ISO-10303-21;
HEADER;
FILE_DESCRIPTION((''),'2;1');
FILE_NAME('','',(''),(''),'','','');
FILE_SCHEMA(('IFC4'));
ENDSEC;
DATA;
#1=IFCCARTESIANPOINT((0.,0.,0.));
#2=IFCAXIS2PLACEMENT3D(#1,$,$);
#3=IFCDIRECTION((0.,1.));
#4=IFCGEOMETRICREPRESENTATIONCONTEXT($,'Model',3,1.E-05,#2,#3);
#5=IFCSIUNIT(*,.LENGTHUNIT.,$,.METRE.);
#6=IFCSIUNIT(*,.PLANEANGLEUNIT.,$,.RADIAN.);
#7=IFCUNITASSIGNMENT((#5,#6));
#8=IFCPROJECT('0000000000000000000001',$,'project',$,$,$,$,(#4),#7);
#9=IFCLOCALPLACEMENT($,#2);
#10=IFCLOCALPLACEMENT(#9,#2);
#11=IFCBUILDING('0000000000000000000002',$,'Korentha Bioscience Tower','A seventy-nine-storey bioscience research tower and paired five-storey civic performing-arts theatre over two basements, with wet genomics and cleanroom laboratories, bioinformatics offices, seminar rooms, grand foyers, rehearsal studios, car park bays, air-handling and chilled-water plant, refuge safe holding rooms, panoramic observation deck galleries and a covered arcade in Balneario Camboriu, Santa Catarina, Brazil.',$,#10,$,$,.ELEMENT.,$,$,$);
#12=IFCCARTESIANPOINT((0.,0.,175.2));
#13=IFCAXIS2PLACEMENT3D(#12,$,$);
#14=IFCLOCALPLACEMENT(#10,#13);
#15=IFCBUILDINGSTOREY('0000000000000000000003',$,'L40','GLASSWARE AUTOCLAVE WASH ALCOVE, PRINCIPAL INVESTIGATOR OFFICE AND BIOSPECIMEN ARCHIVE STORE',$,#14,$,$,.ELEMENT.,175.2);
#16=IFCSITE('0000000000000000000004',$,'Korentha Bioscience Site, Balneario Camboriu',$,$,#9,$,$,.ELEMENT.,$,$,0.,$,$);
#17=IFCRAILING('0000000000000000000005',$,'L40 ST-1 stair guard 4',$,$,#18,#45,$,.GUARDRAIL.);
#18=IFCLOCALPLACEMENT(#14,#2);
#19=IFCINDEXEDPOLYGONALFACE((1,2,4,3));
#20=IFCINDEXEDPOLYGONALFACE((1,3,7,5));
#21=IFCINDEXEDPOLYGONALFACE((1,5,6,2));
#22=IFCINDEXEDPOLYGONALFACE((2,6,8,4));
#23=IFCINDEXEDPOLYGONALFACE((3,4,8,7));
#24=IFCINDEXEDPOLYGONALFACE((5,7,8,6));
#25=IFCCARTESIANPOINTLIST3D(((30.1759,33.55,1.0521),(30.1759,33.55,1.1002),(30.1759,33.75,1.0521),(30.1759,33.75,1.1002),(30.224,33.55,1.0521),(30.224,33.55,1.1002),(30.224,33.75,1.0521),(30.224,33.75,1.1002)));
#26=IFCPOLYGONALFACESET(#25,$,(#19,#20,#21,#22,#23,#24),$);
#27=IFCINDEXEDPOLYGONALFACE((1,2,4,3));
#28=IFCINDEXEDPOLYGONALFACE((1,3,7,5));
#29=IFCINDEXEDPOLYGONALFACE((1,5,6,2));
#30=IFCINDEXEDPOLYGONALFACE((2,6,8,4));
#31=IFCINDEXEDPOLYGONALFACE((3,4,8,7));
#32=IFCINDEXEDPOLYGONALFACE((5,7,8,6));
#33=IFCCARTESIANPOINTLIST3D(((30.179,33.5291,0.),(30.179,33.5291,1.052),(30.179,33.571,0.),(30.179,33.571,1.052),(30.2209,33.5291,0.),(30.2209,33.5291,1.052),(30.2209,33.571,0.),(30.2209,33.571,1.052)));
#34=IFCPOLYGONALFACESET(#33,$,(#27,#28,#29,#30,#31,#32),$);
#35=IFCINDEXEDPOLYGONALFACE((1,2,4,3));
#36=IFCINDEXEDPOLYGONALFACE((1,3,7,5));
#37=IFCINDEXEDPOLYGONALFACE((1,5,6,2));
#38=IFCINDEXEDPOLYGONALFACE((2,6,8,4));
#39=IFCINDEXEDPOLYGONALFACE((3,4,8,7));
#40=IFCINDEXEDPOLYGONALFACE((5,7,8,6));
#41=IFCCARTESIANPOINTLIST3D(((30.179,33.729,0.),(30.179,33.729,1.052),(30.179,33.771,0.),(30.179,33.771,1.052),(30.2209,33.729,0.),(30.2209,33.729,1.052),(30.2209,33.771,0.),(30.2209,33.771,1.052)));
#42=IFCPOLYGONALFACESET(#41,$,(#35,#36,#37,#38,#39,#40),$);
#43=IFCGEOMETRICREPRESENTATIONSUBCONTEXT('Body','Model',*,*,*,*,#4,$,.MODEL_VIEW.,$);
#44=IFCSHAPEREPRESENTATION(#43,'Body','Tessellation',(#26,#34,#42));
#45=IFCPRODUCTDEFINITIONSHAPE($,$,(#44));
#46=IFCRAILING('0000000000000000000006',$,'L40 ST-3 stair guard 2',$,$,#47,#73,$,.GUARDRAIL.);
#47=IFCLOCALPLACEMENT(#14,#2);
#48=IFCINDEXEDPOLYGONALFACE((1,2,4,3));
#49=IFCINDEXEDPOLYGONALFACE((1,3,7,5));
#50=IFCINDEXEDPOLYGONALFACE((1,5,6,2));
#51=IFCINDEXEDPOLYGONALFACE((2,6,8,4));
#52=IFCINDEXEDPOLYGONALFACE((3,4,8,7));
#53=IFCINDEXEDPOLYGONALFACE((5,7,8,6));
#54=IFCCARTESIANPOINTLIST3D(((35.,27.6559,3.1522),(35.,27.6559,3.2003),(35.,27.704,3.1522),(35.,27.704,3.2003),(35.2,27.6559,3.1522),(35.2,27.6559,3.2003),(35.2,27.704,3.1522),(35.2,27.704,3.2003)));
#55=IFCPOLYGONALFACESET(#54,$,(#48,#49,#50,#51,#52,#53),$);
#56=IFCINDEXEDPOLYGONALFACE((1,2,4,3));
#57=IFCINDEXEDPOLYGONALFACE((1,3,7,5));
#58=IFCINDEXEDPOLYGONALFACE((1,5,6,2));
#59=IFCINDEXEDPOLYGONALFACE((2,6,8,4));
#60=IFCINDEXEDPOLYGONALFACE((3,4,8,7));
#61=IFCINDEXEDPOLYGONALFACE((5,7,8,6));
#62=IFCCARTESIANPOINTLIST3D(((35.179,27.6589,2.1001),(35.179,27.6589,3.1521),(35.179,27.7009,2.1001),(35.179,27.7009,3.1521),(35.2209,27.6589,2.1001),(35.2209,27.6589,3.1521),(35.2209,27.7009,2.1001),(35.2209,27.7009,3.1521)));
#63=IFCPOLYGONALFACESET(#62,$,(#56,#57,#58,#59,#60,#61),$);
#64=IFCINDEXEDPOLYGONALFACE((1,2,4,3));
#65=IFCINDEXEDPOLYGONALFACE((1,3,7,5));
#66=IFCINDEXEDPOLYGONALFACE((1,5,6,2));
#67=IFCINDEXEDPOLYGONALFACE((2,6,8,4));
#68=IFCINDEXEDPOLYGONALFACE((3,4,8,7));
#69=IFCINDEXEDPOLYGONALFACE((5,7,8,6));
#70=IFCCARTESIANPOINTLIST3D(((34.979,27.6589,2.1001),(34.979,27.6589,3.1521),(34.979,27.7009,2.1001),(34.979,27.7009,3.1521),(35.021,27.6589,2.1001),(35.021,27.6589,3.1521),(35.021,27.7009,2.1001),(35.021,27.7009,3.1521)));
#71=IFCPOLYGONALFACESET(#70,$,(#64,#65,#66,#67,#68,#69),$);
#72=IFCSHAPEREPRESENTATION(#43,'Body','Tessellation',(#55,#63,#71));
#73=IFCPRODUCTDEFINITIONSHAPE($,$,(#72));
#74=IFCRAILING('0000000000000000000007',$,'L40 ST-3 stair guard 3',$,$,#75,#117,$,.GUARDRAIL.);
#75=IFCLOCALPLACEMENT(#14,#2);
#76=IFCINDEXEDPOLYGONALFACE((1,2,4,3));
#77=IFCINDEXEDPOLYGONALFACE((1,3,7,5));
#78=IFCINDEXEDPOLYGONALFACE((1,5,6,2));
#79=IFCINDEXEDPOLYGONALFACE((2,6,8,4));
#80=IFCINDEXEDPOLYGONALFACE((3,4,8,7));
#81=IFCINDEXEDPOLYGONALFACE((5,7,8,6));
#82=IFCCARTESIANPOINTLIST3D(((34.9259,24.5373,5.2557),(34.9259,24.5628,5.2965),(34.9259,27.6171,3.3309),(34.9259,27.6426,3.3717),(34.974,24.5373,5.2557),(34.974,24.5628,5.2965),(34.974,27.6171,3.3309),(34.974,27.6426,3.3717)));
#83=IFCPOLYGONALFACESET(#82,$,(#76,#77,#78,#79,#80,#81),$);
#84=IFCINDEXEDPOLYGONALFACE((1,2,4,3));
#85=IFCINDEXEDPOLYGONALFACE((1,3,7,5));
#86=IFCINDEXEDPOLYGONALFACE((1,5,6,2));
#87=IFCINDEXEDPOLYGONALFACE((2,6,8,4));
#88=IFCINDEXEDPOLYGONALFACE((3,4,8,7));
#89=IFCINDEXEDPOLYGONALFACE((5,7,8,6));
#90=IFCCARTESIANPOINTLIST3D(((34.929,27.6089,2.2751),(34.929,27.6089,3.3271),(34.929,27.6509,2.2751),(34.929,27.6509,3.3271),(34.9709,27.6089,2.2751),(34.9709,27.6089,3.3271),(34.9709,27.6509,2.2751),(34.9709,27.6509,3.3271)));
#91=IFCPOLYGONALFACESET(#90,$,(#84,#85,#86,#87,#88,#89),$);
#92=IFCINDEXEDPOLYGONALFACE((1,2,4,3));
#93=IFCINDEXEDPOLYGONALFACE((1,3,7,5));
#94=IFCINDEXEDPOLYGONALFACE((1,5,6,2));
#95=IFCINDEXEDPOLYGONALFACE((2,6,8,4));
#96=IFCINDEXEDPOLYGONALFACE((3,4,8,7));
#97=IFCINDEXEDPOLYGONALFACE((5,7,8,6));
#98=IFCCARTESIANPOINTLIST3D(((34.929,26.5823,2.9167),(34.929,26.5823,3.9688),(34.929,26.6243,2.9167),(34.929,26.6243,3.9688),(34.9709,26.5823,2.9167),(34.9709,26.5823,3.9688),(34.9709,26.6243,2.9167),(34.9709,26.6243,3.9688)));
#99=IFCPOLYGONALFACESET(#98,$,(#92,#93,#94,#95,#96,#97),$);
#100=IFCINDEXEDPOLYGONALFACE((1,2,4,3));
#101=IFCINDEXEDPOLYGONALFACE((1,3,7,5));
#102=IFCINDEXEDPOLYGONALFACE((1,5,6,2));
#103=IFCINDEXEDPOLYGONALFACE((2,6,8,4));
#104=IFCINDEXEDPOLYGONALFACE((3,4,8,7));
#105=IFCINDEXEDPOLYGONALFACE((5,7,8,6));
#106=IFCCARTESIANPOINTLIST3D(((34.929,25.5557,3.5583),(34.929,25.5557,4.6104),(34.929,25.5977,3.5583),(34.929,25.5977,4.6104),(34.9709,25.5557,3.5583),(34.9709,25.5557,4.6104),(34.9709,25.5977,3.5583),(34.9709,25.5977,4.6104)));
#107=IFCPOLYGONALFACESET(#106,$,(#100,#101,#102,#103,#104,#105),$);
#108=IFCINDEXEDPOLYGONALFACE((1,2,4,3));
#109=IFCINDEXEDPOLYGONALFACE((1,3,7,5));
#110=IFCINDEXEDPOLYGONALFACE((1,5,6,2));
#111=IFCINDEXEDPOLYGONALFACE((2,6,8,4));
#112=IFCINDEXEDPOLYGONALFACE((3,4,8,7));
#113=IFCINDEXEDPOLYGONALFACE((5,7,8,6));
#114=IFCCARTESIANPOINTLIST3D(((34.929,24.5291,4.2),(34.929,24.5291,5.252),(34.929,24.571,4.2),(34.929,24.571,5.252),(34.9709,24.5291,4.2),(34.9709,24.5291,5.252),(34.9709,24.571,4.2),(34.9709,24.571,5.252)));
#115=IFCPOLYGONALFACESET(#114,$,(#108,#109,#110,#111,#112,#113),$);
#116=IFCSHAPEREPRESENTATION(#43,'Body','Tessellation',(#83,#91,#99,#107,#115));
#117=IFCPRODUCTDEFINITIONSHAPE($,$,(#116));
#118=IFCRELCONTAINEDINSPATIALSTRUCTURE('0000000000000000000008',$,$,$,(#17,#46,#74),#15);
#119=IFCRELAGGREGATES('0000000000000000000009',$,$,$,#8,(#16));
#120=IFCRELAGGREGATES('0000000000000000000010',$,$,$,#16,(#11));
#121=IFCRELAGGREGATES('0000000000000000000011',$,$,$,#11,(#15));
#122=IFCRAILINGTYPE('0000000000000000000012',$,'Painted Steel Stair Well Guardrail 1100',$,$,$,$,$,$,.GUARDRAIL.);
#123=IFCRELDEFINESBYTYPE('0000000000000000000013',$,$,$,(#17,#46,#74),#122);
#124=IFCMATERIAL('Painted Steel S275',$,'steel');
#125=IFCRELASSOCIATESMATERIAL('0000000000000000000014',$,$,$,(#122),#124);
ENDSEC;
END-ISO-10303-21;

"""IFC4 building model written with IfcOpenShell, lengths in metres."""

from ifc_helpers import new_model, si_unit, direction, frame, origin, origin_2d, place, context, subcontext, project, spatial, rectangle, extrude, material, type_object, element, save


model = new_model("IFC4")

# Units and contexts
model_context = context("Model", 3, precision=1e-05, world=origin(), true_north=direction((0.0, 1.0)))
body_context = subcontext(model_context, "Body", "Model", "MODEL_VIEW")
ifc_project = project(units=[si_unit("LENGTHUNIT", "METRE"), si_unit("PLANEANGLEUNIT", "RADIAN")], contexts=[model_context])

# Site, building, storey
site_placement = place(None, origin())
site = spatial("IfcSite", under=ifc_project, at=site_placement, Name="Korentha Bioscience Site, Balneario Camboriu", CompositionType="ELEMENT", RefElevation=0.0)
building_placement = place(site_placement, origin())
building = spatial("IfcBuilding", under=site, at=building_placement, Name="Korentha Bioscience Tower", Description="A seventy-nine-storey bioscience research tower and paired five-storey civic performing-arts theatre over two basements, with wet genomics and cleanroom laboratories, bioinformatics offices, seminar rooms, grand foyers, rehearsal studios, car park bays, air-handling and chilled-water plant, refuge safe holding rooms, panoramic observation deck galleries and a covered arcade in Balneario Camboriu, Santa Catarina, Brazil.", CompositionType="ELEMENT")
storey_placement = place(building_placement, frame((0.0, 0.0, 175.2)))
storey = spatial("IfcBuildingStorey", under=building, at=storey_placement, Name="L40", Description="GLASSWARE AUTOCLAVE WASH ALCOVE, PRINCIPAL INVESTIGATOR OFFICE AND BIOSPECIMEN ARCHIVE STORE", CompositionType="ELEMENT", Elevation=175.2)

# Railings
ifc_material_1 = material(Name="Painted Steel S275", Category="steel")
railing_type_1 = type_object("IfcRailingType", Name="Painted Steel Stair Well Guardrail 1100", PredefinedType="GUARDRAIL", material=ifc_material_1)
railing_1_placement = place(storey_placement, frame((30.2, 33.55, 0.0)))
element("IfcRailing", 1, at=railing_1_placement, inside=storey, type_object=railing_type_1, Name="L40 ST-1 stair guard 4", PredefinedType="GUARDRAIL", context=body_context, shape_type="SweptSolid", body=[
    extrude(rectangle(XDim=0.0481, YDim=0.0481, at=origin_2d()), frame((0.0, 0.0, 1.0762), z_axis=(0.0, 1.0, 0.0), x_axis=(-1.0, 0.0, 0.0)), (0.0, 0.0, 1.0), 0.2),
    extrude(rectangle(XDim=0.042, YDim=0.042, at=origin_2d()), origin(), (0.0, 0.0, 1.0), 1.052),
    extrude(rectangle(XDim=0.042, YDim=0.042, at=origin_2d()), frame((0.0, 0.2, 0.0)), (0.0, 0.0, 1.0), 1.052),
])
railing_2_placement = place(storey_placement, frame((35.2, 27.6799, 2.1001)))
element("IfcRailing", 2, at=railing_2_placement, inside=storey, type_object=railing_type_1, Name="L40 ST-3 stair guard 2", PredefinedType="GUARDRAIL", context=body_context, shape_type="SweptSolid", body=[
    extrude(rectangle(XDim=0.0481, YDim=0.0481, at=origin_2d()), frame((0.0, 0.0, 1.0762), z_axis=(-1.0, 0.0, 0.0), x_axis=(0.0, -1.0, 0.0)), (0.0, 0.0, 1.0), 0.2),
    extrude(rectangle(XDim=0.042, YDim=0.042, at=origin_2d()), origin(), (0.0, 0.0, 1.0), 1.052),
    extrude(rectangle(XDim=0.042, YDim=0.042, at=origin_2d()), frame((-0.2, 0.0, 0.0)), (0.0, 0.0, 1.0), 1.052),
])
railing_3_placement = place(storey_placement, frame((34.95, 27.6299, 2.2751)))
element("IfcRailing", 3, at=railing_3_placement, inside=storey, type_object=railing_type_1, Name="L40 ST-3 stair guard 3", PredefinedType="GUARDRAIL", context=body_context, shape_type="SweptSolid", body=[
    extrude(rectangle(XDim=0.0481, YDim=0.0481, at=origin_2d()), frame((0.0, 0.0, 1.0762), z_axis=(0.0, -0.84801, 0.529981), x_axis=(1.0, 0.0, 0.0)), (0.0, 0.0, 1.0), 3.6318),
    extrude(rectangle(XDim=0.042, YDim=0.042, at=origin_2d()), origin(), (0.0, 0.0, 1.0), 1.052),
    extrude(rectangle(XDim=0.042, YDim=0.042, at=origin_2d()), frame((0.0, -1.0266, 0.6416)), (0.0, 0.0, 1.0), 1.052),
    extrude(rectangle(XDim=0.042, YDim=0.042, at=origin_2d()), frame((0.0, -2.0532, 1.2832)), (0.0, 0.0, 1.0), 1.052),
    extrude(rectangle(XDim=0.042, YDim=0.042, at=origin_2d()), frame((0.0, -3.0798, 1.9248)), (0.0, 0.0, 1.0), 1.052),
])

save(model, "model.ifc")
